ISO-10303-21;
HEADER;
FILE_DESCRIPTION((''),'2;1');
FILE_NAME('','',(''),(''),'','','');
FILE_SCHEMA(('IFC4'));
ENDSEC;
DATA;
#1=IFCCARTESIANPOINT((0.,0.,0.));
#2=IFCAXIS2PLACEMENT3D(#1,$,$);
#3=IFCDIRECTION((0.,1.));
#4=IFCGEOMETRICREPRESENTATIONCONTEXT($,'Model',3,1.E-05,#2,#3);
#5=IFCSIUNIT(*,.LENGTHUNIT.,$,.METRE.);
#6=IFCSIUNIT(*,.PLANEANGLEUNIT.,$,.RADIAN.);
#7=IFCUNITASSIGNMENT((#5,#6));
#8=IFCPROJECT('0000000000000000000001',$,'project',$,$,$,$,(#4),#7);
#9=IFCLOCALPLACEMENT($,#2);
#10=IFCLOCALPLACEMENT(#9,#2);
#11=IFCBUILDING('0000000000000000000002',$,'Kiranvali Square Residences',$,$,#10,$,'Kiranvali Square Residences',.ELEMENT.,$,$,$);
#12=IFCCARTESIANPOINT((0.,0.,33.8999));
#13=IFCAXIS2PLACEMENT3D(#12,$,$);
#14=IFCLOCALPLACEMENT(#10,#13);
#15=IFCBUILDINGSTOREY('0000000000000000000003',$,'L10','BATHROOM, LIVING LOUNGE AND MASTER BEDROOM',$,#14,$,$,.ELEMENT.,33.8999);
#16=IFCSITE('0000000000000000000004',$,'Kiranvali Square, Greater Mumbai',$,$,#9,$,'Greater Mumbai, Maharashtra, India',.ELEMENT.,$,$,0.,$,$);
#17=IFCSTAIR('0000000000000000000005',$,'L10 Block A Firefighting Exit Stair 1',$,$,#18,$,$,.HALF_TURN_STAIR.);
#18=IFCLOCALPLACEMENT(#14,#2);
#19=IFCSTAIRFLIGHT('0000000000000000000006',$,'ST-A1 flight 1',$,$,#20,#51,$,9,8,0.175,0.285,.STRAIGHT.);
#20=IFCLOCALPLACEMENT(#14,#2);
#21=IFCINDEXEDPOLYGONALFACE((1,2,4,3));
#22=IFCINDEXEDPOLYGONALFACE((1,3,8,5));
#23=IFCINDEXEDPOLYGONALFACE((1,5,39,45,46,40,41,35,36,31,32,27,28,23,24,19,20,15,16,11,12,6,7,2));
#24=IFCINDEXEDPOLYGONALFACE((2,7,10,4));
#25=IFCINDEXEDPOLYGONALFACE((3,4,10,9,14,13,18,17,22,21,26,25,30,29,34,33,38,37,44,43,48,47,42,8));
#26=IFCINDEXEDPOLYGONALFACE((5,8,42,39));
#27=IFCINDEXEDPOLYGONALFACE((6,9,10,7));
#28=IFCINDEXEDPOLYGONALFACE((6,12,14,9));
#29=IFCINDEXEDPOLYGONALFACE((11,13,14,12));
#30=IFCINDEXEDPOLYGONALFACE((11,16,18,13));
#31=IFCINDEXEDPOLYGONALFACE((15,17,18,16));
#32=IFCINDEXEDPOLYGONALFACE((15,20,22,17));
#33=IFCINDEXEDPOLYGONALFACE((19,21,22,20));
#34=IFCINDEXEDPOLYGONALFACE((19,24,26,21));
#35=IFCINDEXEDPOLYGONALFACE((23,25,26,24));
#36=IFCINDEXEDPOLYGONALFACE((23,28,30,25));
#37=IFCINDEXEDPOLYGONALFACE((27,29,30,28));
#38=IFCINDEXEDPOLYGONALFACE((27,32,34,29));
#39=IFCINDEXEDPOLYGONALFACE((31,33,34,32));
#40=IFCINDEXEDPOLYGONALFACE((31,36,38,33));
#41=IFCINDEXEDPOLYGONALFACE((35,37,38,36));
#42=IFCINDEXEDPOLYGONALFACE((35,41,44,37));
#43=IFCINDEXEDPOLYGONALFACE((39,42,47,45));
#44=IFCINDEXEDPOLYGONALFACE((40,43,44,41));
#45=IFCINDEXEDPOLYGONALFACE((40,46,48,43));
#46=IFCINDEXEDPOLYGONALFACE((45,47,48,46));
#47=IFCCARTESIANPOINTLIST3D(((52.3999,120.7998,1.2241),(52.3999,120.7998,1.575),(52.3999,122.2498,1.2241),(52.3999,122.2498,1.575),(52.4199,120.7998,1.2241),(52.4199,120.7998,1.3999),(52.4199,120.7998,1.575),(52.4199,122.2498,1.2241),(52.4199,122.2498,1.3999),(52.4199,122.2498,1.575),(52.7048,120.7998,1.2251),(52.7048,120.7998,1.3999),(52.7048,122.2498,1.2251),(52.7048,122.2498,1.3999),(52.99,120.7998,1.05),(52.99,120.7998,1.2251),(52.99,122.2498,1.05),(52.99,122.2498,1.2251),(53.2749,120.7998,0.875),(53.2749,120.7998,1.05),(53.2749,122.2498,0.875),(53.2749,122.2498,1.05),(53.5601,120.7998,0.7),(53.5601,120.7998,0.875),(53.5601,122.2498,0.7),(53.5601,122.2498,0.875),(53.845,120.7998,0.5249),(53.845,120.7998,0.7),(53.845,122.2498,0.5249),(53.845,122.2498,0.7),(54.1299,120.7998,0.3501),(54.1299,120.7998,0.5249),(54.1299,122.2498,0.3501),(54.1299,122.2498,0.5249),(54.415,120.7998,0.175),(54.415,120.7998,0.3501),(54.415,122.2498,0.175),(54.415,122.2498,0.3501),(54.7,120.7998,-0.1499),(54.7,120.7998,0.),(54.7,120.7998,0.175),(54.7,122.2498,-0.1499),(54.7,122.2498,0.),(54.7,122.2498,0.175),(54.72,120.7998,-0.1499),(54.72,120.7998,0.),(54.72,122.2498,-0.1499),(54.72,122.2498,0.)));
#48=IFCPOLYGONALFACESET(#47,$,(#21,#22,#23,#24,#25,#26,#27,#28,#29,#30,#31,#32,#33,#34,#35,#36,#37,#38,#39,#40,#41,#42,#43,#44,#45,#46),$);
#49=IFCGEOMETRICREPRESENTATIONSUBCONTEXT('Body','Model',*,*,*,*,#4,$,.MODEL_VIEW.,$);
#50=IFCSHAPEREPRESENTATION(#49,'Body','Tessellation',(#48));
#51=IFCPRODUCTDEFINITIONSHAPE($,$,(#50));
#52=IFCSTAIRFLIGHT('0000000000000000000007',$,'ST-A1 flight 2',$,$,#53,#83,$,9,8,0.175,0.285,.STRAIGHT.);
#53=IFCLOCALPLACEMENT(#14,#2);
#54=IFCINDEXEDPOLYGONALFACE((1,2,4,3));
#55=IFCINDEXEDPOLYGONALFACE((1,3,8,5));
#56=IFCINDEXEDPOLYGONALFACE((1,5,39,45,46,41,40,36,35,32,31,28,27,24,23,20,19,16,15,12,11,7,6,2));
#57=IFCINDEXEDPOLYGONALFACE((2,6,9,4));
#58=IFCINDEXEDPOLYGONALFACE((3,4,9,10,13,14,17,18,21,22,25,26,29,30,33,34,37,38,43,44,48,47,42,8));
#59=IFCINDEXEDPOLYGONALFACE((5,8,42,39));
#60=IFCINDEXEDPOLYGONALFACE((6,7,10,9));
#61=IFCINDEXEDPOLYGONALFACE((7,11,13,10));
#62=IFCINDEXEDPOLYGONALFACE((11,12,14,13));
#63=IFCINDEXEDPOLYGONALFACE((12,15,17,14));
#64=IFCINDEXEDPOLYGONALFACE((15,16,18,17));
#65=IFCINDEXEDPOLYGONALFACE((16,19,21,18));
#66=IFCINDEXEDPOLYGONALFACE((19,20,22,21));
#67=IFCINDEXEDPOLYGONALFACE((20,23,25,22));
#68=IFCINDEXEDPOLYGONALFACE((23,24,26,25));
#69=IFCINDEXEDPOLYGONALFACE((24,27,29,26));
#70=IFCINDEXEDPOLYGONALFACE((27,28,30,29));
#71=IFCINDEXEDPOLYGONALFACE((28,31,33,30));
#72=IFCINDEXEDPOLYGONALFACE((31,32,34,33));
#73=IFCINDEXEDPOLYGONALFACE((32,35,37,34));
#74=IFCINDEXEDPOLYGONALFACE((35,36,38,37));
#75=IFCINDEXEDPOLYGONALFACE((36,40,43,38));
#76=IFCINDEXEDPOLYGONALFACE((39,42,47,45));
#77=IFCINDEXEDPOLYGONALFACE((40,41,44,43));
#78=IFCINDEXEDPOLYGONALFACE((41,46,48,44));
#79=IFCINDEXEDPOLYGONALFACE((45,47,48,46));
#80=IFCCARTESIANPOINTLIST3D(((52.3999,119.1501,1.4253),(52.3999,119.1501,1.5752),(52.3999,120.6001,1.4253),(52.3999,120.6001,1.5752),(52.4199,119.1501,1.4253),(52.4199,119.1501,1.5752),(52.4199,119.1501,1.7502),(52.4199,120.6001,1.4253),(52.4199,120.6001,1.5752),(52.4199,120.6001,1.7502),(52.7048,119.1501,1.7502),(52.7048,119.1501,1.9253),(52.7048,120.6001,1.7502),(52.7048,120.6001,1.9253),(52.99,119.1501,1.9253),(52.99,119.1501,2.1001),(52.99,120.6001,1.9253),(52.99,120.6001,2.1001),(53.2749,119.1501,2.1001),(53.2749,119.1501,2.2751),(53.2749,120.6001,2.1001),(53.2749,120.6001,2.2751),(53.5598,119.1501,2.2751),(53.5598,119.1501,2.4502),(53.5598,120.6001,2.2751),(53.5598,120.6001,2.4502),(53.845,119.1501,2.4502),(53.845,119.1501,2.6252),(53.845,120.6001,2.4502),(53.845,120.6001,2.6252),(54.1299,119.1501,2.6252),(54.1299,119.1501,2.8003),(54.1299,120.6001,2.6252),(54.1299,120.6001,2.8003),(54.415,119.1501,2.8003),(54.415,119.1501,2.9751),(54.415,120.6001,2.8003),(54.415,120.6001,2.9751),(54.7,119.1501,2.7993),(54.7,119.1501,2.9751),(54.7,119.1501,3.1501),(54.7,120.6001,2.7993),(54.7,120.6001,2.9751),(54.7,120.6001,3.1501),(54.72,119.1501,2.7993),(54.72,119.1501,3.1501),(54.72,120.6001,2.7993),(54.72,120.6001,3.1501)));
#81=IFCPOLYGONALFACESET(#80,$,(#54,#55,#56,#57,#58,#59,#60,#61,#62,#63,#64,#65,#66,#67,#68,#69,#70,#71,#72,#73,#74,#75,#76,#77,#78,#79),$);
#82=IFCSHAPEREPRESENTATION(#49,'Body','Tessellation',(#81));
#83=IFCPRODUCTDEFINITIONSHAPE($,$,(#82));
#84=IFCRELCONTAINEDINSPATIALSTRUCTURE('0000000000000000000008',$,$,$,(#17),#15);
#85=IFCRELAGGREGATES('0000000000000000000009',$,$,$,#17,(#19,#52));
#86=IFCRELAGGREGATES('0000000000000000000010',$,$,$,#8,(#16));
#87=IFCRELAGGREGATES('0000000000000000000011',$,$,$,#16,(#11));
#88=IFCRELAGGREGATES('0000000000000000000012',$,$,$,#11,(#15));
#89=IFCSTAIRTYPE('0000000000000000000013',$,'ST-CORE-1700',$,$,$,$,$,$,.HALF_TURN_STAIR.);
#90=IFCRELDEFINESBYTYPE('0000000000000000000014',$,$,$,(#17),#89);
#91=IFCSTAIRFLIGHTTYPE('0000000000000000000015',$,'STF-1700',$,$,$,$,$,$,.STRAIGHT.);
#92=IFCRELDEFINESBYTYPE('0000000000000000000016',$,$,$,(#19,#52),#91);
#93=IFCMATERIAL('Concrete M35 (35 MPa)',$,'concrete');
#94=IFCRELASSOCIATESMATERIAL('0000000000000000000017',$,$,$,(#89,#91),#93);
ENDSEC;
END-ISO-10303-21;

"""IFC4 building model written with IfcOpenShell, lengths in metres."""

from ifc_helpers import new_model, si_unit, direction, frame, origin, place, context, subcontext, project, spatial, polyline, outline, extrude, material, type_object, element, aggregate, save


model = new_model("IFC4")

# Units and contexts
model_context = context("Model", 3, precision=1e-05, world=origin(), true_north=direction((0.0, 1.0)))
body_context = subcontext(model_context, "Body", "Model", "MODEL_VIEW")
ifc_project = project(units=[si_unit("LENGTHUNIT", "METRE"), si_unit("PLANEANGLEUNIT", "RADIAN")], contexts=[model_context])

# Site, building, storey
site_placement = place(None, origin())
site = spatial("IfcSite", under=ifc_project, at=site_placement, Name="Kiranvali Square, Greater Mumbai", LongName="Greater Mumbai, Maharashtra, India", CompositionType="ELEMENT", RefElevation=0.0)
building_placement = place(site_placement, origin())
building = spatial("IfcBuilding", under=site, at=building_placement, Name="Kiranvali Square Residences", LongName="Kiranvali Square Residences", CompositionType="ELEMENT")
storey_placement = place(building_placement, frame((0.0, 0.0, 33.8999)))
storey = spatial("IfcBuildingStorey", under=building, at=storey_placement, Name="L10", Description="BATHROOM, LIVING LOUNGE AND MASTER BEDROOM", CompositionType="ELEMENT", Elevation=33.8999)

# Stair, stair flights
ifc_material_1 = material(Name="Concrete M35 (35 MPa)", Category="concrete")
stair_type = type_object("IfcStairType", Name="ST-CORE-1700", PredefinedType="HALF_TURN_STAIR", material=ifc_material_1)
stair_placement = place(storey_placement, origin())
stair = element("IfcStair", 1, at=stair_placement, inside=storey, type_object=stair_type, Name="L10 Block A Firefighting Exit Stair 1", PredefinedType="HALF_TURN_STAIR")
stair_flight_type = type_object("IfcStairFlightType", Name="STF-1700", PredefinedType="STRAIGHT", material=ifc_material_1)
stair_flight_1_placement = place(storey_placement, frame((54.7, 121.5249, 0.0), z_axis=(0.0, 0.0, 1.0), x_axis=(-1.0, 0.0, 0.0)))
stair_flight_1 = element("IfcStairFlight", 2, at=stair_flight_1_placement, type_object=stair_flight_type, Name="ST-A1 flight 1", NumberOfRisers=9, NumberOfTreads=8, PredefinedType="STRAIGHT", RiserHeight=0.175, TreadLength=0.285, context=body_context, shape_type="SweptSolid", body=[
    extrude(outline(polyline([(-0.02, -0.1499), (-0.02, 0.0), (0.0, 0.0), (0.0, 0.175), (0.2849, 0.175), (0.2849, 0.3501), (0.5701, 0.3501), (0.5701, 0.5249), (0.855, 0.5249), (0.855, 0.7), (1.1399, 0.7), (1.1399, 0.875), (1.425, 0.875), (1.425, 1.05), (1.71, 1.05), (1.71, 1.2251), (1.9951, 1.2251), (1.9951, 1.3999), (2.28, 1.3999), (2.28, 1.575), (2.3, 1.575), (2.3, 1.2241), (2.28, 1.2241), (0.0, -0.1499), (-0.02, -0.1499)])), frame((0.0, 0.7251, 0.0), z_axis=(0.0, -1.0, 0.0), x_axis=(1.0, 0.0, 0.0)), (0.0, 0.0, 1.0), 1.45),
])
stair_flight_2_placement = place(storey_placement, frame((52.4199, 119.875, 1.5752), z_axis=(0.0, 0.0, 1.0), x_axis=(1.0, 0.0, 0.0)))
stair_flight_2 = element("IfcStairFlight", 3, at=stair_flight_2_placement, type_object=stair_flight_type, Name="ST-A1 flight 2", NumberOfRisers=9, NumberOfTreads=8, PredefinedType="STRAIGHT", RiserHeight=0.175, TreadLength=0.285, context=body_context, shape_type="SweptSolid", body=[
    extrude(outline(polyline([(-0.02, -0.1499), (-0.02, 0.0), (0.0, 0.0), (0.0, 0.175), (0.2849, 0.175), (0.2849, 0.3501), (0.5701, 0.3501), (0.5701, 0.5249), (0.855, 0.5249), (0.855, 0.7), (1.1399, 0.7), (1.1399, 0.875), (1.425, 0.875), (1.425, 1.05), (1.71, 1.05), (1.71, 1.2251), (1.9951, 1.2251), (1.9951, 1.3999), (2.28, 1.3999), (2.28, 1.575), (2.3, 1.575), (2.3, 1.2241), (2.28, 1.2241), (0.0, -0.1499), (-0.02, -0.1499)])), frame((0.0, 0.7251, 0.0), z_axis=(0.0, -1.0, 0.0), x_axis=(1.0, 0.0, 0.0)), (0.0, 0.0, 1.0), 1.45),
])
aggregate(stair, [stair_flight_1, stair_flight_2])

save(model, "model.ifc")
